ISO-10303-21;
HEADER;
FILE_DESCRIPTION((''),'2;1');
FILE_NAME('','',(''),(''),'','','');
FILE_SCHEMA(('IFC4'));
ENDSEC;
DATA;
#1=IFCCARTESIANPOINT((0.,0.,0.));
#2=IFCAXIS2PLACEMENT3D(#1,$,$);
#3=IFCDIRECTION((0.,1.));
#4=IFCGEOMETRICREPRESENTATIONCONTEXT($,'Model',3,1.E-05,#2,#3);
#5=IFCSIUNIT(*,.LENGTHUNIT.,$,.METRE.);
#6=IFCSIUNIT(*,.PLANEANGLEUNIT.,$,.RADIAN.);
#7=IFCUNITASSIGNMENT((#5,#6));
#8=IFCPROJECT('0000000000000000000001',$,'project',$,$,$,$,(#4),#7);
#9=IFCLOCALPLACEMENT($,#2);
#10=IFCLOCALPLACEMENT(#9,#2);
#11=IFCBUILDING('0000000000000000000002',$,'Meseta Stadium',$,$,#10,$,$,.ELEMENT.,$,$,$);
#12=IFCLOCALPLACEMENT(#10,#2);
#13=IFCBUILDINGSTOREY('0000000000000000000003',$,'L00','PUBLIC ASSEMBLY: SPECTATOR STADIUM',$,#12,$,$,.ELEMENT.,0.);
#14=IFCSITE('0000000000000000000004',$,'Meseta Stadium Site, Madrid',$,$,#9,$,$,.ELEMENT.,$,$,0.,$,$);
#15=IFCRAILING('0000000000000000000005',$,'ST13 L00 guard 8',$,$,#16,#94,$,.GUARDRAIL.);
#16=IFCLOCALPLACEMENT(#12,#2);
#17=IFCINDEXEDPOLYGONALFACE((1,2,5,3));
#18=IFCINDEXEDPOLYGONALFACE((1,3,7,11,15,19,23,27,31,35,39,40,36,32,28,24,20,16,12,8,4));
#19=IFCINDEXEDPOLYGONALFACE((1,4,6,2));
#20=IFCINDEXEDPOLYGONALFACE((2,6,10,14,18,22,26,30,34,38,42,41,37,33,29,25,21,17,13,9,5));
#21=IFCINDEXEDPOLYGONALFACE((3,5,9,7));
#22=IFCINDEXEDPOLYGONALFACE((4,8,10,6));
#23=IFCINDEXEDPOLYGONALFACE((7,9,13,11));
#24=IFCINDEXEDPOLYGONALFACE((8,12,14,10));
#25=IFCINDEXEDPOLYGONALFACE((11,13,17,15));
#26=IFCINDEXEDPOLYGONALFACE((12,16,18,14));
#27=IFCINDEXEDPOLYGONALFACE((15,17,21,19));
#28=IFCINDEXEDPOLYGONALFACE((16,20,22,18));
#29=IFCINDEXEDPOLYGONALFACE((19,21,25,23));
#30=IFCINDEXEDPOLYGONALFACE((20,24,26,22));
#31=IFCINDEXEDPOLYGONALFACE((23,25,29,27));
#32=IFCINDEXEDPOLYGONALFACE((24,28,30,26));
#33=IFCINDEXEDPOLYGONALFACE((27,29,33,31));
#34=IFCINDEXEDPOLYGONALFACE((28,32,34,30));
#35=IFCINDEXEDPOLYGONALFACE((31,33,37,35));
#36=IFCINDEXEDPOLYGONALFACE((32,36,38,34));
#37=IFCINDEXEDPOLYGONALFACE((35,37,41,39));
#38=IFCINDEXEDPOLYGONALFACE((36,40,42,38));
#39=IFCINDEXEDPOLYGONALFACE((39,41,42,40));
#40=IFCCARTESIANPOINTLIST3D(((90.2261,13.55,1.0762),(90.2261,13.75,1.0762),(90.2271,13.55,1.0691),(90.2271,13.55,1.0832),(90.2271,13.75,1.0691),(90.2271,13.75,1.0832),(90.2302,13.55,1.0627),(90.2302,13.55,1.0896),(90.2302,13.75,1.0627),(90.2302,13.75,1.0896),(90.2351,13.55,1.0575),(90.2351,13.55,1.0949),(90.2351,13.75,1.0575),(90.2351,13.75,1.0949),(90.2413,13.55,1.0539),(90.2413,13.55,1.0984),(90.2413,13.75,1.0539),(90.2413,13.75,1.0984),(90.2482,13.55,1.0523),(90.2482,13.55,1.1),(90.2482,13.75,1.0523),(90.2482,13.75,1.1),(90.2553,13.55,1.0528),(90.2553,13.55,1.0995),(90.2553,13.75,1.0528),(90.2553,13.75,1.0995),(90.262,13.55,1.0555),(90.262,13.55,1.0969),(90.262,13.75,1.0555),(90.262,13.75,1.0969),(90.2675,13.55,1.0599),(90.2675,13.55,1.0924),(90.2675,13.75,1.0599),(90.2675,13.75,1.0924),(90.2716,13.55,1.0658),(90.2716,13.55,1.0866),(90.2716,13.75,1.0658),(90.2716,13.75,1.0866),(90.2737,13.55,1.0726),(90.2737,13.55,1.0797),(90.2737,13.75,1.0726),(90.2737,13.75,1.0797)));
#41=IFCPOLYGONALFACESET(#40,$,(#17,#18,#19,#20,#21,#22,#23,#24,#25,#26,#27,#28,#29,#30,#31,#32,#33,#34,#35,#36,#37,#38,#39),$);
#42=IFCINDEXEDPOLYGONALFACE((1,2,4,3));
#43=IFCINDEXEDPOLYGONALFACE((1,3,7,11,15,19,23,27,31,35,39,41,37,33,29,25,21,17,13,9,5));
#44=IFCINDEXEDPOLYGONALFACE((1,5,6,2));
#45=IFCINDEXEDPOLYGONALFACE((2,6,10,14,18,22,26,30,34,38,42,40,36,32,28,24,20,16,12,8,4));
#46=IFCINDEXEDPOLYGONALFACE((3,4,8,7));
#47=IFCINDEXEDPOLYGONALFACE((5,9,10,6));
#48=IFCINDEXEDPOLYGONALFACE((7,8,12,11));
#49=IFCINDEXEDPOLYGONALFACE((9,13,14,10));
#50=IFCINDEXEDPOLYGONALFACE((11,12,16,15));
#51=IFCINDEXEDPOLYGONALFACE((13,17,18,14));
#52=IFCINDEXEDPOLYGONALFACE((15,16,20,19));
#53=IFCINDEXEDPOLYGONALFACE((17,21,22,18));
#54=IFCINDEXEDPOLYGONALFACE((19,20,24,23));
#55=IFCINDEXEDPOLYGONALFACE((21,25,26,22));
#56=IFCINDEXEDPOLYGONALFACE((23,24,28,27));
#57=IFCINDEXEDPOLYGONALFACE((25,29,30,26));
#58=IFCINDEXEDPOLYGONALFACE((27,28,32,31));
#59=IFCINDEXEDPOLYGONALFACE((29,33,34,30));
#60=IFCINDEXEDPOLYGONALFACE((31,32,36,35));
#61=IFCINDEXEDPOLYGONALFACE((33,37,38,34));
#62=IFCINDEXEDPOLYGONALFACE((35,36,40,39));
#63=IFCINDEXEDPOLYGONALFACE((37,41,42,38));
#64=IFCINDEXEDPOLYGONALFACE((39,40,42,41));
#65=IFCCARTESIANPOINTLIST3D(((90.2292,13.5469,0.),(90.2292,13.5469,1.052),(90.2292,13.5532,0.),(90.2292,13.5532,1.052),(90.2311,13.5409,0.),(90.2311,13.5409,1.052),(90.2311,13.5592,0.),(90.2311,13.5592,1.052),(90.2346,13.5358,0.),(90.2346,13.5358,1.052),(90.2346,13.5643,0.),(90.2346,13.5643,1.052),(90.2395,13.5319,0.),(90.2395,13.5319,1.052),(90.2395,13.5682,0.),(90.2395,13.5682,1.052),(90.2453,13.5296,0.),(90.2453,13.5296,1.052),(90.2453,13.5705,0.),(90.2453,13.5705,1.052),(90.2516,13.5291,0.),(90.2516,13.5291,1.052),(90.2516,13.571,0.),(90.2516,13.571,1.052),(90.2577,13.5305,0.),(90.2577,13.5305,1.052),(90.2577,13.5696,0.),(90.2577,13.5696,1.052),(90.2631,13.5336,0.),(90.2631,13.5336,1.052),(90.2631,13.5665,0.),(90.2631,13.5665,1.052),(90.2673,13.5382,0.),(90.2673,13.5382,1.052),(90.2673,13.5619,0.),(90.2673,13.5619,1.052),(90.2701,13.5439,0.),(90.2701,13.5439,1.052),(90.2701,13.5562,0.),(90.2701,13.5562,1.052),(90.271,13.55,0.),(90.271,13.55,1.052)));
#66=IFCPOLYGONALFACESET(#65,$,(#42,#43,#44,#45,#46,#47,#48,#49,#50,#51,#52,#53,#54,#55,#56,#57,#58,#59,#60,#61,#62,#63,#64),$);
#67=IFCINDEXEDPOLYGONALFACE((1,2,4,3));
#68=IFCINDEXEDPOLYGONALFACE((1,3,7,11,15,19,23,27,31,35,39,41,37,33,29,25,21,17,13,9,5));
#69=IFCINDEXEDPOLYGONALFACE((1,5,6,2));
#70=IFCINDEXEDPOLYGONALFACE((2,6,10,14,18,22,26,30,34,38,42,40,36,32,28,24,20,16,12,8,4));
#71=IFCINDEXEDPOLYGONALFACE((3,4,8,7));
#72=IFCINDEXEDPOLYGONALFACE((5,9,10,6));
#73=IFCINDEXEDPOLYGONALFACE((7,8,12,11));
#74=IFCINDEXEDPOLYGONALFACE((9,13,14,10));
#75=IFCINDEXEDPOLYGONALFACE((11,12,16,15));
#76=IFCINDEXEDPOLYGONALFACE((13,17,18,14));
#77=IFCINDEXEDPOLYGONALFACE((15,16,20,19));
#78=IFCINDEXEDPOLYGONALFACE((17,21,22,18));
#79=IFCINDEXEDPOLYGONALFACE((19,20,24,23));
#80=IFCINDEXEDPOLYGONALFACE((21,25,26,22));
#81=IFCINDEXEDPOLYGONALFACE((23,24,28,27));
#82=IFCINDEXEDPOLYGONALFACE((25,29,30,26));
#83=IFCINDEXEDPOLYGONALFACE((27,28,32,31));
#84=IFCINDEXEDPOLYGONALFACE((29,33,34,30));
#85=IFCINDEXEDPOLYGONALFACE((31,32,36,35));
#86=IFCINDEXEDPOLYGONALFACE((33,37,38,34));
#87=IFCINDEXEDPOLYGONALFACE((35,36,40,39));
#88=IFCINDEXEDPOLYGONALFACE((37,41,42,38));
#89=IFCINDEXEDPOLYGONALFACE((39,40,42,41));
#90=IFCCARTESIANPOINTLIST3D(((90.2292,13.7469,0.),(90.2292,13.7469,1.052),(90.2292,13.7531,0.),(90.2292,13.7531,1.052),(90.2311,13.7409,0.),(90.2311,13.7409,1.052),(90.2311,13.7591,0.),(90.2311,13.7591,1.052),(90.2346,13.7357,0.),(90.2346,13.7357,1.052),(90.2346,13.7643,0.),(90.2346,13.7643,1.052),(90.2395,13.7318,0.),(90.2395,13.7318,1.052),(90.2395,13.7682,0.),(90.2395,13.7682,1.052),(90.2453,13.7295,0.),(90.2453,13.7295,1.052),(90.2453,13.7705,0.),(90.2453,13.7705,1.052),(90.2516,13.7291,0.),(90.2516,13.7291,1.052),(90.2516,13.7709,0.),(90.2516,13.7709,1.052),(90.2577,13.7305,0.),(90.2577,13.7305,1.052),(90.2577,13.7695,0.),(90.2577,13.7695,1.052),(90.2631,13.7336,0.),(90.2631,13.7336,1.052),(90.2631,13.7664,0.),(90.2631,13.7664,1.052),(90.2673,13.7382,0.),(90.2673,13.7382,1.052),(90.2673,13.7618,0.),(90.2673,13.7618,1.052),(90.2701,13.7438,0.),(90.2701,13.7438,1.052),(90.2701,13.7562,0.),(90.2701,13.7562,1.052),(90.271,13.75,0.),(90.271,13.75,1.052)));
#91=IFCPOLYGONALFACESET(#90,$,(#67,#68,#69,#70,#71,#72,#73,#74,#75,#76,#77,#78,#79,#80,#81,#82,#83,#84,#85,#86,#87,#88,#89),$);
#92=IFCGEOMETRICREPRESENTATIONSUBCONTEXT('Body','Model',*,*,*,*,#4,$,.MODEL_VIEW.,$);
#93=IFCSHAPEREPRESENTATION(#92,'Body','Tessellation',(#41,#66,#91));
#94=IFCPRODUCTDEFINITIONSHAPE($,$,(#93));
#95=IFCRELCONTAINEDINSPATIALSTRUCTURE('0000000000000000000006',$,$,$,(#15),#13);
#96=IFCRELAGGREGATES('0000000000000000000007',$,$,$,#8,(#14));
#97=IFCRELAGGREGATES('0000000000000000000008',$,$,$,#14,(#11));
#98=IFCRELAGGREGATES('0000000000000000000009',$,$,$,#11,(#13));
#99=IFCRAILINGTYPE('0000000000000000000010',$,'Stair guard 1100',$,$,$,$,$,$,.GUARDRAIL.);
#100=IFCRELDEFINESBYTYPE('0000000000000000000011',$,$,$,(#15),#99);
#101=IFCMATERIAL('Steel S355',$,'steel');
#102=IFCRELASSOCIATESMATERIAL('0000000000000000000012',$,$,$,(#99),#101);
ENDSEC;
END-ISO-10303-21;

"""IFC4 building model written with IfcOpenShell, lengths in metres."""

from ifc_helpers import new_model, si_unit, direction, frame, origin, origin_2d, place, context, subcontext, project, spatial, circle, extrude, material, type_object, element, save


model = new_model("IFC4")

# Units and contexts
model_context = context("Model", 3, precision=1e-05, world=origin(), true_north=direction((0.0, 1.0)))
body_context = subcontext(model_context, "Body", "Model", "MODEL_VIEW")
ifc_project = project(units=[si_unit("LENGTHUNIT", "METRE"), si_unit("PLANEANGLEUNIT", "RADIAN")], contexts=[model_context])

# Site, building, storey
site_placement = place(None, origin())
site = spatial("IfcSite", under=ifc_project, at=site_placement, Name="Meseta Stadium Site, Madrid", CompositionType="ELEMENT", RefElevation=0.0)
building_placement = place(site_placement, origin())
building = spatial("IfcBuilding", under=site, at=building_placement, Name="Meseta Stadium", CompositionType="ELEMENT")
storey_placement = place(building_placement, origin())
storey = spatial("IfcBuildingStorey", under=building, at=storey_placement, Name="L00", Description="PUBLIC ASSEMBLY: SPECTATOR STADIUM", CompositionType="ELEMENT", Elevation=0.0)

# Railing
ifc_material_1 = material(Name="Steel S355", Category="steel")
railing_type_1 = type_object("IfcRailingType", Name="Stair guard 1100", PredefinedType="GUARDRAIL", material=ifc_material_1)
railing_1_placement = place(storey_placement, frame((90.25, 13.55, 0.0)))
element("IfcRailing", 1, at=railing_1_placement, inside=storey, type_object=railing_type_1, Name="ST13 L00 guard 8", PredefinedType="GUARDRAIL", context=body_context, shape_type="SweptSolid", body=[
    extrude(circle(Radius=0.0239, at=origin_2d()), frame((0.0, 0.0, 1.0762), z_axis=(0.0, 1.0, 0.0), x_axis=(-1.0, 0.0, 0.0)), (0.0, 0.0, 1.0), 0.2),
    extrude(circle(Radius=0.021, at=origin_2d()), origin(), (0.0, 0.0, 1.0), 1.052),
    extrude(circle(Radius=0.021, at=origin_2d()), frame((0.0, 0.2, 0.0)), (0.0, 0.0, 1.0), 1.052),
])

save(model, "model.ifc")
